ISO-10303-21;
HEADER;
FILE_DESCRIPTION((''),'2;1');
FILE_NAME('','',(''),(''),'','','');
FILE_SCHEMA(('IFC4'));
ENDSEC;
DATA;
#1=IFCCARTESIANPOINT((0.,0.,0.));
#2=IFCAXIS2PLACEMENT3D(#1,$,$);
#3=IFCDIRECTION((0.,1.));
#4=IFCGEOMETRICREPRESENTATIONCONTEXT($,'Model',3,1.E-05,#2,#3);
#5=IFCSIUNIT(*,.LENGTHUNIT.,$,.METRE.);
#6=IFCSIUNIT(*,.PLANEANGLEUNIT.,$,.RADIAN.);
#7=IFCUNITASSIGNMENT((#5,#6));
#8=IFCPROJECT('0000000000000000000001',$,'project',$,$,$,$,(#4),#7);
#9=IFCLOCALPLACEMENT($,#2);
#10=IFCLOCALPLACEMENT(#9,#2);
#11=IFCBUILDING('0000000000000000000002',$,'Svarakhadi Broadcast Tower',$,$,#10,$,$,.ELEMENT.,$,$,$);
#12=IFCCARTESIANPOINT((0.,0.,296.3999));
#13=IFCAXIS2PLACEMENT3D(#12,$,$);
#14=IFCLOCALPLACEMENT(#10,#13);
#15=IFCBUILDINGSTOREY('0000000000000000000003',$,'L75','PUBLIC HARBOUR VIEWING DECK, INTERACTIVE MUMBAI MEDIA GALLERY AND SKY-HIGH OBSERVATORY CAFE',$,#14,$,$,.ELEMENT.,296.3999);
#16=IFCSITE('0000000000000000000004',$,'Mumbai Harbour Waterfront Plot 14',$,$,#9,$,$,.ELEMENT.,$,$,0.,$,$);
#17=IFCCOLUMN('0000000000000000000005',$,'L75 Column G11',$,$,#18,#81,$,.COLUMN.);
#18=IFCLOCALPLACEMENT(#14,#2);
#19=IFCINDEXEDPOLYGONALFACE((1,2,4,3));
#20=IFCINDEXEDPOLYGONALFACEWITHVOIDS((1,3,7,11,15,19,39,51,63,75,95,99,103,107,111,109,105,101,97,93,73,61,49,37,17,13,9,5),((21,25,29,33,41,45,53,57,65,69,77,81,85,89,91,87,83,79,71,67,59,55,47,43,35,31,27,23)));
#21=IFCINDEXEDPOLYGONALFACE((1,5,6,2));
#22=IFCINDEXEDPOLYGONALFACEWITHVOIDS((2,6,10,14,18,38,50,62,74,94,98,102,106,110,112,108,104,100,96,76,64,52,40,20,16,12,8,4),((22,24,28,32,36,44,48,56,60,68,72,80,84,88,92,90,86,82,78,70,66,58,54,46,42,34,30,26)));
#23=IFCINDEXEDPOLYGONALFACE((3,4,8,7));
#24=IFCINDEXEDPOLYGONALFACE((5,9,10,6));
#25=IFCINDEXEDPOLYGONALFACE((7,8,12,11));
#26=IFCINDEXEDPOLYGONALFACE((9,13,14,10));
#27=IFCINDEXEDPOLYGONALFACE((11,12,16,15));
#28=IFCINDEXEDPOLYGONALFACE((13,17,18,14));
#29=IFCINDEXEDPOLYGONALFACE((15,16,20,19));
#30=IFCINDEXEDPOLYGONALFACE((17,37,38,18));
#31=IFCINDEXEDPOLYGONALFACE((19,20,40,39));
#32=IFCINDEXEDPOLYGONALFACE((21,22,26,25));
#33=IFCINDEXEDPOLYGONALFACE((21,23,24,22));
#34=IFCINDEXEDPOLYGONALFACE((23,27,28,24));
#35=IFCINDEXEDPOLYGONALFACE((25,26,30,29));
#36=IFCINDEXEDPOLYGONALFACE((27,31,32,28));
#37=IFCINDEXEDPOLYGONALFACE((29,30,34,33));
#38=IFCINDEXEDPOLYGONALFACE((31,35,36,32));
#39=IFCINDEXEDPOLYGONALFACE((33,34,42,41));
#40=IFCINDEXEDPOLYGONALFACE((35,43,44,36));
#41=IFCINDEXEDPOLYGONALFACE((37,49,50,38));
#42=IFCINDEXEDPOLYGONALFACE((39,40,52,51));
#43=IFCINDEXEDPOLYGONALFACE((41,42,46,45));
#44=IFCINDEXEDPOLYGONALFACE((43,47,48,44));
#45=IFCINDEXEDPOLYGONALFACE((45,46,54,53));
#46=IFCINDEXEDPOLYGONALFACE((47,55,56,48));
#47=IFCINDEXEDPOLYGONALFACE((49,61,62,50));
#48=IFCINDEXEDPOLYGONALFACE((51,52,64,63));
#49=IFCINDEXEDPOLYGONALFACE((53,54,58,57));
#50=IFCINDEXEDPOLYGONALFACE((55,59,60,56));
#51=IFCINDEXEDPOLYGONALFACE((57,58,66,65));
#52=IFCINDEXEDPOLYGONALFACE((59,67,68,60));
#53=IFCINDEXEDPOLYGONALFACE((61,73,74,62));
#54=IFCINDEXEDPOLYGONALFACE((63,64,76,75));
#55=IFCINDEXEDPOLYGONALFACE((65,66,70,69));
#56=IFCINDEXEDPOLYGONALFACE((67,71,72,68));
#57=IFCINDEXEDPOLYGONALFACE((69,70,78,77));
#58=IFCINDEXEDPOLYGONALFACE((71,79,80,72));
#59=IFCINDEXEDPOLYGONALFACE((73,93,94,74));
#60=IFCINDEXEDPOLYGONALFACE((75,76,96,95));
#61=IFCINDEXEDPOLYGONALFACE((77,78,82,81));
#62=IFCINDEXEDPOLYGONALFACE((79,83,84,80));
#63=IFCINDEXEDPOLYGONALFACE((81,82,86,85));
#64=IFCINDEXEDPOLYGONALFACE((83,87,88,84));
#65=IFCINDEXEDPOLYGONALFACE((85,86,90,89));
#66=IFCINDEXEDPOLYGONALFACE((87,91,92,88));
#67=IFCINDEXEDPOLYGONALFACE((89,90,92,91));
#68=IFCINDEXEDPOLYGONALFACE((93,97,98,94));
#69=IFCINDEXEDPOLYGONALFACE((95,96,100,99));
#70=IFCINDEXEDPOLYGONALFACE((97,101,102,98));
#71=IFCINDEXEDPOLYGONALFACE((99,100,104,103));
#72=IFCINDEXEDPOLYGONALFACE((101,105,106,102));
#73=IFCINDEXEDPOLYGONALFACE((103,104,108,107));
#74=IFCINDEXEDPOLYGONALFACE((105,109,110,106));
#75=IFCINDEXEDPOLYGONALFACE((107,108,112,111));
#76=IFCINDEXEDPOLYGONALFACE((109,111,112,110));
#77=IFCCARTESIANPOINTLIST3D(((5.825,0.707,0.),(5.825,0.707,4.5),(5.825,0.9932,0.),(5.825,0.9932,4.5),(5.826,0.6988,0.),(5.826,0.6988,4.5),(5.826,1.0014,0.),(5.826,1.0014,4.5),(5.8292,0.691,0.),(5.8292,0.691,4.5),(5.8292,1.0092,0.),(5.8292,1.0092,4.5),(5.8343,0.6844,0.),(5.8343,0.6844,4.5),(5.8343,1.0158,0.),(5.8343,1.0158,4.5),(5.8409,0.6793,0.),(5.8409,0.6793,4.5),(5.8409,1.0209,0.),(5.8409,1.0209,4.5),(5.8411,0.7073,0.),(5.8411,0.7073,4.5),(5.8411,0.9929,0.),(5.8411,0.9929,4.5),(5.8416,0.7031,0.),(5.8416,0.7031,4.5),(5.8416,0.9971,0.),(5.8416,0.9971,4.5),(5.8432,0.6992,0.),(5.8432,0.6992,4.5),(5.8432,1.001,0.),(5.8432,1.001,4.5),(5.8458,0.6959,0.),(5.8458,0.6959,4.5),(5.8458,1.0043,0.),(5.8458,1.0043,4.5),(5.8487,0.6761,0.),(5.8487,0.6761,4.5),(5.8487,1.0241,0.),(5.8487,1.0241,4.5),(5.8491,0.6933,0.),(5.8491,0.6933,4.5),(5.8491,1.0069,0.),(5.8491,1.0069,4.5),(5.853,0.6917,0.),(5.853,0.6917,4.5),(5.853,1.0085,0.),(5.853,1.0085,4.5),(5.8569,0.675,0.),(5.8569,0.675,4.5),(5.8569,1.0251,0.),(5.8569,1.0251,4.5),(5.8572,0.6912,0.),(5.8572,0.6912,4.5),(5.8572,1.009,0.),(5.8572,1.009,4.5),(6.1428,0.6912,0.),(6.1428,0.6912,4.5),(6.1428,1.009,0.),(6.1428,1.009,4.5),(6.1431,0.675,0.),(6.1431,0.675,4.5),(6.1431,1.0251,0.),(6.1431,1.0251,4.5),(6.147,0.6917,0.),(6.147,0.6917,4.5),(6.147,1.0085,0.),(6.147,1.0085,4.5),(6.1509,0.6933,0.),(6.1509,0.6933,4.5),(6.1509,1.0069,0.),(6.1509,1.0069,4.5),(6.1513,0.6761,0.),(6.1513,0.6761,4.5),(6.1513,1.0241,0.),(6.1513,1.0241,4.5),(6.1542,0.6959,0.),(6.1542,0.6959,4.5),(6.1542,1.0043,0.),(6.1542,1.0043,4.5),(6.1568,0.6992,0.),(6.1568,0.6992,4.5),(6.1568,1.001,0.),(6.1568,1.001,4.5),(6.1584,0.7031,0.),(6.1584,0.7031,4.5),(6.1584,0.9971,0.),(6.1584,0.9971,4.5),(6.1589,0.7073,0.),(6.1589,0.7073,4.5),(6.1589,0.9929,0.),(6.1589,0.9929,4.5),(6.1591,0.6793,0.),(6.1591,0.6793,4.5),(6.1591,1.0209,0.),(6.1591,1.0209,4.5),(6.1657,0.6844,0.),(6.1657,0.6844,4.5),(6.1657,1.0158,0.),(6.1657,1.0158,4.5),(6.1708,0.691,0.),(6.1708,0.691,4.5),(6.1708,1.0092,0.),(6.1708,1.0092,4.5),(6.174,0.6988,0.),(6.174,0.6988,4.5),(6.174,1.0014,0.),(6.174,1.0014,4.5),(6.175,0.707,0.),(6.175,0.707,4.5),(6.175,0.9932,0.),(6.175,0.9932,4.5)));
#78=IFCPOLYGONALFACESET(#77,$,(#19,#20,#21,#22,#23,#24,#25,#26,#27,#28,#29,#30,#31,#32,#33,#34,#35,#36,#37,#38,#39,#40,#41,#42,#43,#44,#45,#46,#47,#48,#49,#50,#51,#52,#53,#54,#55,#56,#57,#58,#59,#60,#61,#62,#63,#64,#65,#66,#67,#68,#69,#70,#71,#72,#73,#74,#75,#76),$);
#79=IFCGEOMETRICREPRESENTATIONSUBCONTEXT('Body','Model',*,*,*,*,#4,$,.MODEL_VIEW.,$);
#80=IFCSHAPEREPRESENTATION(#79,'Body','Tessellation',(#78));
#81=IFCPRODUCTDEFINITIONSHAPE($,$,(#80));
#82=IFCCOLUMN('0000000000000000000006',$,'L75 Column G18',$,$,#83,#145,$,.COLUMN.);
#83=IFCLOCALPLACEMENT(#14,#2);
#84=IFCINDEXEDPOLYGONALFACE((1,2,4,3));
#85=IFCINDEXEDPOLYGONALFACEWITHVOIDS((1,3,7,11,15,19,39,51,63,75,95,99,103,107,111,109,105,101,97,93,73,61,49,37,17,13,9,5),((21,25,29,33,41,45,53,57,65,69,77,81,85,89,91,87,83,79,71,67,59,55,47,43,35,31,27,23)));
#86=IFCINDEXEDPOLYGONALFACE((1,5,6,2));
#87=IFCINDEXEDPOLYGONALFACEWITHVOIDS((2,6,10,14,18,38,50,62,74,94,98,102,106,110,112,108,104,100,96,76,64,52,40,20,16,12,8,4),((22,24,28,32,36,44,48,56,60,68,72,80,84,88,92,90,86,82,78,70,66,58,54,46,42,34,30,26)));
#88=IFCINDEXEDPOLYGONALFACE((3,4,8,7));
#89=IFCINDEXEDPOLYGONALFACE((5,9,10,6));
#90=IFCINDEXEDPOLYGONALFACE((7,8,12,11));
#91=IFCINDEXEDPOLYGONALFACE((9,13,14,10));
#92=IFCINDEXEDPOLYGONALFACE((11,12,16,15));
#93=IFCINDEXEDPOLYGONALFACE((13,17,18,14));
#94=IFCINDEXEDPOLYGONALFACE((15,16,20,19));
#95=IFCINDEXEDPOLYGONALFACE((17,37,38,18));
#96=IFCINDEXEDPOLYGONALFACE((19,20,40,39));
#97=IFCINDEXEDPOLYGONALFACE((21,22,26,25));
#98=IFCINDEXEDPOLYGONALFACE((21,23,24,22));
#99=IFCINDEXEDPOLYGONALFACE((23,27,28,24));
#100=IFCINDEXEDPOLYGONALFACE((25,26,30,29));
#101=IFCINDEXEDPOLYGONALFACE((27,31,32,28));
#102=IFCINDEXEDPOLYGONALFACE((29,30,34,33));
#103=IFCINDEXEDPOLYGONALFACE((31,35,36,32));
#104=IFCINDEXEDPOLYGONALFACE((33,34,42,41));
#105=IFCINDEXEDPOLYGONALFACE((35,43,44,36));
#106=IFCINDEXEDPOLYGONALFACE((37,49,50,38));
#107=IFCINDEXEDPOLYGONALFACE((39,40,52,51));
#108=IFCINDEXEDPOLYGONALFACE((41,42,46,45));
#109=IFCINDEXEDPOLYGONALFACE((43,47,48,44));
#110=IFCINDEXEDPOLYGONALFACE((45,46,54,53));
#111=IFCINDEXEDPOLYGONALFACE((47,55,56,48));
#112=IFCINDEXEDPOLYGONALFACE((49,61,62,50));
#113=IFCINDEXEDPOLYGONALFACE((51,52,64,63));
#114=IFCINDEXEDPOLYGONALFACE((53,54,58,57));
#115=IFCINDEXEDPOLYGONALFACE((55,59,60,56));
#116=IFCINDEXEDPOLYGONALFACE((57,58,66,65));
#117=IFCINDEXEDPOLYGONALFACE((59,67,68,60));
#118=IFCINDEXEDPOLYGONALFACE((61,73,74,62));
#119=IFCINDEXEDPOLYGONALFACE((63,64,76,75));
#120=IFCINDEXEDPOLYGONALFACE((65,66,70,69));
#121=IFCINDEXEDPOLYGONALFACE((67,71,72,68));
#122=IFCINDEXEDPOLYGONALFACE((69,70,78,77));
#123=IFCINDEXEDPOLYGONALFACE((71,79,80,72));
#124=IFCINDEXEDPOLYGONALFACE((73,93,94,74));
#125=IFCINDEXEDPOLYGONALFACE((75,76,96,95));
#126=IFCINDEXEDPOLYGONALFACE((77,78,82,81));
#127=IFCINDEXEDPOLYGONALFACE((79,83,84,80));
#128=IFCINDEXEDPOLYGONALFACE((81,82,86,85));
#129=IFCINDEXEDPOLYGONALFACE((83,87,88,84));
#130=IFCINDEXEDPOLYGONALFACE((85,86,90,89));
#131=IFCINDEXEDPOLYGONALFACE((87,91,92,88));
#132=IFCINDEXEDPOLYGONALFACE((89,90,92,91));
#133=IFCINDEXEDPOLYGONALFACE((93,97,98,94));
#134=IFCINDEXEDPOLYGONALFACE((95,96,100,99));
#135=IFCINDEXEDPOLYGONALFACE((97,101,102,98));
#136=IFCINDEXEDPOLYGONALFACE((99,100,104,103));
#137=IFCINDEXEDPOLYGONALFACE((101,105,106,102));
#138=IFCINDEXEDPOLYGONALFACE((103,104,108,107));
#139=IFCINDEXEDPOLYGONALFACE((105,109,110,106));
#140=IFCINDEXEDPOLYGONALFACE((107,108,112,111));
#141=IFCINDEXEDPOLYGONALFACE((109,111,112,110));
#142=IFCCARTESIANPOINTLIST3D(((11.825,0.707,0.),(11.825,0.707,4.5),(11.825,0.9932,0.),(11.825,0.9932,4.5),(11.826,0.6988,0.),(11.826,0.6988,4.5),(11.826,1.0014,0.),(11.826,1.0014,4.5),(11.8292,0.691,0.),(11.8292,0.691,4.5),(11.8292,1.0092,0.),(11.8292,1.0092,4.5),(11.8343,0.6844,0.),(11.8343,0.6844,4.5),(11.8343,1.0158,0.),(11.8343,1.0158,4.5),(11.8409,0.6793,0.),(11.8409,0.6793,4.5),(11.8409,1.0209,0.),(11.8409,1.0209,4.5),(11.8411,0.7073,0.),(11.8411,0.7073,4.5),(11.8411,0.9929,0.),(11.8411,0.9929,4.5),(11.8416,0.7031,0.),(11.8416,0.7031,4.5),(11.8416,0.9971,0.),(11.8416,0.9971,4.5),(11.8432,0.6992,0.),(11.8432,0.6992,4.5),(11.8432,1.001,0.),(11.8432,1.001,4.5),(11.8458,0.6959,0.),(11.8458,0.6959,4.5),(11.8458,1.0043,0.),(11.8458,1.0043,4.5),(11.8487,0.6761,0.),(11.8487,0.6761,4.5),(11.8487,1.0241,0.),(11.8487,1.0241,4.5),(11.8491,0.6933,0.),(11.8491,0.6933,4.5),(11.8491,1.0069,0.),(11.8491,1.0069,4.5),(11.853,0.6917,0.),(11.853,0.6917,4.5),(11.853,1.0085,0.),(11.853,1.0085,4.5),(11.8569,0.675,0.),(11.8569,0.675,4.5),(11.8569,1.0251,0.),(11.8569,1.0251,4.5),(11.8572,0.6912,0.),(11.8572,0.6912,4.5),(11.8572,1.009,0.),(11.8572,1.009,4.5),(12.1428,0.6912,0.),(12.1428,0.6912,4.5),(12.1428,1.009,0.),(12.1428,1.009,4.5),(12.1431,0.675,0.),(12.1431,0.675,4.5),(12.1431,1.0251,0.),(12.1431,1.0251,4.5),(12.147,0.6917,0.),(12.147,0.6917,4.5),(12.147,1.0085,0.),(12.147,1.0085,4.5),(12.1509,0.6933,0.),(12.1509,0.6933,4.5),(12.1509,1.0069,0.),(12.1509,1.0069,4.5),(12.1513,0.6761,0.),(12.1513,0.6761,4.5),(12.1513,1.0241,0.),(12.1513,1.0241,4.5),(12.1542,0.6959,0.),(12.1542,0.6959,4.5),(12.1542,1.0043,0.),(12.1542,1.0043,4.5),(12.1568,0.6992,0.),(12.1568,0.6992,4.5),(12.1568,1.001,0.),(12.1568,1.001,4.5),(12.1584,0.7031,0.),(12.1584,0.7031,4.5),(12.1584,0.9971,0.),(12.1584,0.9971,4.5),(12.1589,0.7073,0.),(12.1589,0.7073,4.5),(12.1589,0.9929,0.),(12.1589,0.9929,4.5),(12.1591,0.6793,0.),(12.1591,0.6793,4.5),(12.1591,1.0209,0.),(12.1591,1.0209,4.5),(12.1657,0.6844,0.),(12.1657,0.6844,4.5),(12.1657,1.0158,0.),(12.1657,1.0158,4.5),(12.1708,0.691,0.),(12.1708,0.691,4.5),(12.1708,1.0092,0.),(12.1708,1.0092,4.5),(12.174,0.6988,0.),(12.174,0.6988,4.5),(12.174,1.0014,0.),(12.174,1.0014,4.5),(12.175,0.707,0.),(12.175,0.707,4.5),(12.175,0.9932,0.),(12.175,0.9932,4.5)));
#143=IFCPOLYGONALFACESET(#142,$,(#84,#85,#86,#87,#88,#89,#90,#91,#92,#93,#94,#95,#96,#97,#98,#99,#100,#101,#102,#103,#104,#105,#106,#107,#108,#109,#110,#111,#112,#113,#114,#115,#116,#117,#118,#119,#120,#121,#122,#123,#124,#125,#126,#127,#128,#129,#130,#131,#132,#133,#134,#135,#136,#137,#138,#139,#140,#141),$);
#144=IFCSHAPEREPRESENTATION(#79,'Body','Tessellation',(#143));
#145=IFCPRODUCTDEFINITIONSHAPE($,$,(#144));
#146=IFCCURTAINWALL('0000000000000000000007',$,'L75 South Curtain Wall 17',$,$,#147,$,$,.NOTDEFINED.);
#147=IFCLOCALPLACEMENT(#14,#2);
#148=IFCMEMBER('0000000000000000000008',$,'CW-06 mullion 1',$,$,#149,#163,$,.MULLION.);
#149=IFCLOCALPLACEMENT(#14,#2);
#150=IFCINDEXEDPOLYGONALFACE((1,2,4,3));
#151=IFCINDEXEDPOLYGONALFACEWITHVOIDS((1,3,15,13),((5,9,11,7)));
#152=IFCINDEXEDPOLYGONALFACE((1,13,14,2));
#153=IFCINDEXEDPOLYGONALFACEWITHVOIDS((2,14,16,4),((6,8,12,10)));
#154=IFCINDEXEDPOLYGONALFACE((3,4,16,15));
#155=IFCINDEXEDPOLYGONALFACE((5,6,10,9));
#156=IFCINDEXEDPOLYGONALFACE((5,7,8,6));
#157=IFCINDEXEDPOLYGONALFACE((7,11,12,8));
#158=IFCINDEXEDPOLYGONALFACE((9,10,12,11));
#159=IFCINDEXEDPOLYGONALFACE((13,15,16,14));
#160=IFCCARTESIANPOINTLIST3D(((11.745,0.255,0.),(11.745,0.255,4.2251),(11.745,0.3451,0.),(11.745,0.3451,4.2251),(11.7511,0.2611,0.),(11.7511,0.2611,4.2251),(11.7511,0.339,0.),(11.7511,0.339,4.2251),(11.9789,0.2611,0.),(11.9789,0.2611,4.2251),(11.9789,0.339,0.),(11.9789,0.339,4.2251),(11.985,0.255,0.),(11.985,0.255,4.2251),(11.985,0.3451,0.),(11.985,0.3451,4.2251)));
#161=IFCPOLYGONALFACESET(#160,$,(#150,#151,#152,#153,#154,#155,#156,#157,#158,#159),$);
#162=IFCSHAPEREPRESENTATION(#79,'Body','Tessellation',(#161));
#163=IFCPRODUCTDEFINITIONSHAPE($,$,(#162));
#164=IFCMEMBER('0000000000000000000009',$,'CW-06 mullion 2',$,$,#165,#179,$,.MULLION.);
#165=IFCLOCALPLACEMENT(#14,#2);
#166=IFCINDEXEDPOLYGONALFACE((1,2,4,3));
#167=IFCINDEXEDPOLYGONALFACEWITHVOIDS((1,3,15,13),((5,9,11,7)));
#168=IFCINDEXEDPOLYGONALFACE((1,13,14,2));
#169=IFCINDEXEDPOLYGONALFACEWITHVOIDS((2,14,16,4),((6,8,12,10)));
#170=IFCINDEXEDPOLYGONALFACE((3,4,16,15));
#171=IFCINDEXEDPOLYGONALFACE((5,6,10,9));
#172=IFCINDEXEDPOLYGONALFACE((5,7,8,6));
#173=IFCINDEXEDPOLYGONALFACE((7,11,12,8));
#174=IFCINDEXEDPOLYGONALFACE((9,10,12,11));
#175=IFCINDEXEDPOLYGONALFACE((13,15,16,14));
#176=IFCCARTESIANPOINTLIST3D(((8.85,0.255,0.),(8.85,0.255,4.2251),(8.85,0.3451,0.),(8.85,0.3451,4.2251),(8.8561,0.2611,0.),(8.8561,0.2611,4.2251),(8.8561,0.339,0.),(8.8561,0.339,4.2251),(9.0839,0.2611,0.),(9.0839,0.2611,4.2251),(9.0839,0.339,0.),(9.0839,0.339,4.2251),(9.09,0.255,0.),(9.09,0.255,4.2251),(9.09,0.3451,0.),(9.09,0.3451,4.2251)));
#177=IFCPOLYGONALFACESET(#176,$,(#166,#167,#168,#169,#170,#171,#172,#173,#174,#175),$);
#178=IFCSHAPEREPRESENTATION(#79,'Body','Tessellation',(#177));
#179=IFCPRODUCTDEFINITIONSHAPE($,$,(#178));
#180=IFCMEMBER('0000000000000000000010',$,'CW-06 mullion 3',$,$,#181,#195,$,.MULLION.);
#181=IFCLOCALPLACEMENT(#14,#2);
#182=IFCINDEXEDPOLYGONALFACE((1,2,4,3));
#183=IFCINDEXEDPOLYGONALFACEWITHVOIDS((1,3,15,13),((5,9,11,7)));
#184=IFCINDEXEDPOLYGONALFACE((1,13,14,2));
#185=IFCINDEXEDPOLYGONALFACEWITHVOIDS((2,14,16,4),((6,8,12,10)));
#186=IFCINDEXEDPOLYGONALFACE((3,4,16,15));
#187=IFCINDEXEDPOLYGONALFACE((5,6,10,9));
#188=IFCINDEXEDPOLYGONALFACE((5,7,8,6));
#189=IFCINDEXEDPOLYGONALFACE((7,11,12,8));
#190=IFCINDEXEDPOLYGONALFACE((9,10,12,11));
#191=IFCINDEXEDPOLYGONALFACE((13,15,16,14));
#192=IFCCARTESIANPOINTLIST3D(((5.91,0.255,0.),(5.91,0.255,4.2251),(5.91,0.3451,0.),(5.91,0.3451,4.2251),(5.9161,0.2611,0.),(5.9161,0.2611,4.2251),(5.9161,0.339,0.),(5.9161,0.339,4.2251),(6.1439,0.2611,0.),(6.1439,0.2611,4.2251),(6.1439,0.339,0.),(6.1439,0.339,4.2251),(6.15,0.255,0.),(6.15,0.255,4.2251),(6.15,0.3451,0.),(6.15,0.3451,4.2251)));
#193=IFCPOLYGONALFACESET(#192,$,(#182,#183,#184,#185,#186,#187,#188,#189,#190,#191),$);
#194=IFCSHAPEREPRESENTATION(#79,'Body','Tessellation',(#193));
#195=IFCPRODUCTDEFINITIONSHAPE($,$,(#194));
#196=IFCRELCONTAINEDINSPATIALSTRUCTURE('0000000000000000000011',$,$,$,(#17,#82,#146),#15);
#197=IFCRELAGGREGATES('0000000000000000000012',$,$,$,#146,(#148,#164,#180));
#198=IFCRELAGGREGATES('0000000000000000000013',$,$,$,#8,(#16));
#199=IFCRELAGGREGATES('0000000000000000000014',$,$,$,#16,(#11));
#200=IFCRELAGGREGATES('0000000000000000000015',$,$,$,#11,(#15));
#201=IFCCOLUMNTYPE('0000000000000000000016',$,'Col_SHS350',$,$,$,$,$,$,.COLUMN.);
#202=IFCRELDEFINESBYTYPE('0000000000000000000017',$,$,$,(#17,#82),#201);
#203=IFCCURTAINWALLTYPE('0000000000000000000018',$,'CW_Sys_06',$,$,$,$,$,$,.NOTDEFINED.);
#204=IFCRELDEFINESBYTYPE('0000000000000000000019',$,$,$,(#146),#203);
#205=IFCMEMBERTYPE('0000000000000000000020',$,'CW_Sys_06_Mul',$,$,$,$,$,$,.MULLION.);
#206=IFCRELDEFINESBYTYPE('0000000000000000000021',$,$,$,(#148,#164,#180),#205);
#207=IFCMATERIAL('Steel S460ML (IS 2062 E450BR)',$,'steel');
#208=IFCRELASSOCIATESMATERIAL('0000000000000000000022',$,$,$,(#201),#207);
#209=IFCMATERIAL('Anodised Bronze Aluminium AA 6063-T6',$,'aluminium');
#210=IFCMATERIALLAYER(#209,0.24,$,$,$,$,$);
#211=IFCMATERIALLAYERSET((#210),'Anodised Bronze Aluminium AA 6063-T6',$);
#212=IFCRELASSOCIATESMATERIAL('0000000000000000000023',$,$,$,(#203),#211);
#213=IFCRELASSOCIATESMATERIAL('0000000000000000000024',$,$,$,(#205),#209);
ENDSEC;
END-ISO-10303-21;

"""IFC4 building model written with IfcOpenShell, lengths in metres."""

from ifc_helpers import new_model, si_unit, direction, frame, origin, origin_2d, place, context, subcontext, project, spatial, hollow_rectangle, extrude, material, layer, layer_set, material_profile, profile_set, type_object, element, aggregate, save


model = new_model("IFC4")

# Units and contexts
model_context = context("Model", 3, precision=1e-05, world=origin(), true_north=direction((0.0, 1.0)))
body_context = subcontext(model_context, "Body", "Model", "MODEL_VIEW")
ifc_project = project(units=[si_unit("LENGTHUNIT", "METRE"), si_unit("PLANEANGLEUNIT", "RADIAN")], contexts=[model_context])

# Site, building, storey
site_placement = place(None, origin())
site = spatial("IfcSite", under=ifc_project, at=site_placement, Name="Mumbai Harbour Waterfront Plot 14", CompositionType="ELEMENT", RefElevation=0.0)
building_placement = place(site_placement, origin())
building = spatial("IfcBuilding", under=site, at=building_placement, Name="Svarakhadi Broadcast Tower", CompositionType="ELEMENT")
storey_placement = place(building_placement, frame((0.0, 0.0, 296.3999)))
storey = spatial("IfcBuildingStorey", under=building, at=storey_placement, Name="L75", Description="PUBLIC HARBOUR VIEWING DECK, INTERACTIVE MUMBAI MEDIA GALLERY AND SKY-HIGH OBSERVATORY CAFE", CompositionType="ELEMENT", Elevation=296.3999)

# Columns
ifc_material_1 = material(Name="Steel S460ML (IS 2062 E450BR)", Category="steel")
ifc_material_profile_1 = material_profile(ifc_material_1, hollow_rectangle(XDim=0.3501, YDim=0.3501, WallThickness=0.0161, InnerFilletRadius=0.0161, OuterFilletRadius=0.032, at=origin_2d()), Name="SHS 350x350x16")
ifc_profile_set_1 = profile_set([ifc_material_profile_1], Name="Steel S460ML (IS 2062 E450BR)")
column_type = type_object("IfcColumnType", Name="Col_SHS350", PredefinedType="COLUMN", material=ifc_profile_set_1)
for number, where, z_axis, x_axis, name in (
    (1, (6.0, 0.8501, 0.0), (0.0, 0.0, 1.0), (1.0, 0.0, 0.0), "L75 Column G11"),
    (2, (12.0, 0.8501, 0.0), (0.0, 0.0, 1.0), (1.0, 0.0, 0.0), "L75 Column G18"),
):
    element("IfcColumn", number, at=place(storey_placement, frame(where, z_axis=z_axis, x_axis=x_axis)), inside=storey, type_object=column_type, Name=name, PredefinedType="COLUMN", context=body_context, shape_type="SweptSolid", body=[
        extrude(hollow_rectangle(XDim=0.3501, YDim=0.3501, WallThickness=0.0161, InnerFilletRadius=0.0161, OuterFilletRadius=0.032, at=origin_2d()), origin(), (0.0, 0.0, 1.0), 4.5),
    ])

# Curtain wall, members
ifc_material_2 = material(Name="Anodised Bronze Aluminium AA 6063-T6", Category="aluminium")
ifc_layer_1 = layer(ifc_material_2, 0.24)
ifc_layer_set_1 = layer_set([ifc_layer_1], Name="Anodised Bronze Aluminium AA 6063-T6")
curtain_wall_type = type_object("IfcCurtainWallType", Name="CW_Sys_06", PredefinedType="NOTDEFINED", material=ifc_layer_set_1)
curtain_wall_1_placement = place(storey_placement, origin())
curtain_wall_1 = element("IfcCurtainWall", 3, at=curtain_wall_1_placement, inside=storey, type_object=curtain_wall_type, Name="L75 South Curtain Wall 17", PredefinedType="NOTDEFINED")
ifc_material_profile_2 = material_profile(ifc_material_2, hollow_rectangle(XDim=0.0901, YDim=0.24, WallThickness=0.0061, at=origin_2d()), Name="ALU MULLION 240x90x6")
ifc_profile_set_2 = profile_set([ifc_material_profile_2], Name="Anodised Bronze Aluminium AA 6063-T6")
member_type_1 = type_object("IfcMemberType", Name="CW_Sys_06_Mul", PredefinedType="MULLION", material=ifc_profile_set_2)
member_1_placement = place(storey_placement, frame((11.865, 0.3, 0.0), z_axis=(0.0, 0.0, 1.0), x_axis=(0.0, -1.0, 0.0)))
member_1 = element("IfcMember", 4, at=member_1_placement, type_object=member_type_1, Name="CW-06 mullion 1", PredefinedType="MULLION", context=body_context, shape_type="SweptSolid", body=[
    extrude(hollow_rectangle(XDim=0.0901, YDim=0.24, WallThickness=0.0061, at=origin_2d()), origin(), (0.0, 0.0, 1.0), 4.2251),
])
member_2_placement = place(storey_placement, frame((8.97, 0.3, 0.0), z_axis=(0.0, 0.0, 1.0), x_axis=(0.0, -1.0, 0.0)))
member_2 = element("IfcMember", 5, at=member_2_placement, type_object=member_type_1, Name="CW-06 mullion 2", PredefinedType="MULLION", context=body_context, shape_type="SweptSolid", body=[
    extrude(hollow_rectangle(XDim=0.0901, YDim=0.24, WallThickness=0.0061, at=origin_2d()), origin(), (0.0, 0.0, 1.0), 4.2251),
])
member_3_placement = place(storey_placement, frame((6.03, 0.3, 0.0), z_axis=(0.0, 0.0, 1.0), x_axis=(0.0, -1.0, 0.0)))
member_3 = element("IfcMember", 6, at=member_3_placement, type_object=member_type_1, Name="CW-06 mullion 3", PredefinedType="MULLION", context=body_context, shape_type="SweptSolid", body=[
    extrude(hollow_rectangle(XDim=0.0901, YDim=0.24, WallThickness=0.0061, at=origin_2d()), origin(), (0.0, 0.0, 1.0), 4.2251),
])

aggregate(curtain_wall_1, [member_1, member_2, member_3])

save(model, "model.ifc")
